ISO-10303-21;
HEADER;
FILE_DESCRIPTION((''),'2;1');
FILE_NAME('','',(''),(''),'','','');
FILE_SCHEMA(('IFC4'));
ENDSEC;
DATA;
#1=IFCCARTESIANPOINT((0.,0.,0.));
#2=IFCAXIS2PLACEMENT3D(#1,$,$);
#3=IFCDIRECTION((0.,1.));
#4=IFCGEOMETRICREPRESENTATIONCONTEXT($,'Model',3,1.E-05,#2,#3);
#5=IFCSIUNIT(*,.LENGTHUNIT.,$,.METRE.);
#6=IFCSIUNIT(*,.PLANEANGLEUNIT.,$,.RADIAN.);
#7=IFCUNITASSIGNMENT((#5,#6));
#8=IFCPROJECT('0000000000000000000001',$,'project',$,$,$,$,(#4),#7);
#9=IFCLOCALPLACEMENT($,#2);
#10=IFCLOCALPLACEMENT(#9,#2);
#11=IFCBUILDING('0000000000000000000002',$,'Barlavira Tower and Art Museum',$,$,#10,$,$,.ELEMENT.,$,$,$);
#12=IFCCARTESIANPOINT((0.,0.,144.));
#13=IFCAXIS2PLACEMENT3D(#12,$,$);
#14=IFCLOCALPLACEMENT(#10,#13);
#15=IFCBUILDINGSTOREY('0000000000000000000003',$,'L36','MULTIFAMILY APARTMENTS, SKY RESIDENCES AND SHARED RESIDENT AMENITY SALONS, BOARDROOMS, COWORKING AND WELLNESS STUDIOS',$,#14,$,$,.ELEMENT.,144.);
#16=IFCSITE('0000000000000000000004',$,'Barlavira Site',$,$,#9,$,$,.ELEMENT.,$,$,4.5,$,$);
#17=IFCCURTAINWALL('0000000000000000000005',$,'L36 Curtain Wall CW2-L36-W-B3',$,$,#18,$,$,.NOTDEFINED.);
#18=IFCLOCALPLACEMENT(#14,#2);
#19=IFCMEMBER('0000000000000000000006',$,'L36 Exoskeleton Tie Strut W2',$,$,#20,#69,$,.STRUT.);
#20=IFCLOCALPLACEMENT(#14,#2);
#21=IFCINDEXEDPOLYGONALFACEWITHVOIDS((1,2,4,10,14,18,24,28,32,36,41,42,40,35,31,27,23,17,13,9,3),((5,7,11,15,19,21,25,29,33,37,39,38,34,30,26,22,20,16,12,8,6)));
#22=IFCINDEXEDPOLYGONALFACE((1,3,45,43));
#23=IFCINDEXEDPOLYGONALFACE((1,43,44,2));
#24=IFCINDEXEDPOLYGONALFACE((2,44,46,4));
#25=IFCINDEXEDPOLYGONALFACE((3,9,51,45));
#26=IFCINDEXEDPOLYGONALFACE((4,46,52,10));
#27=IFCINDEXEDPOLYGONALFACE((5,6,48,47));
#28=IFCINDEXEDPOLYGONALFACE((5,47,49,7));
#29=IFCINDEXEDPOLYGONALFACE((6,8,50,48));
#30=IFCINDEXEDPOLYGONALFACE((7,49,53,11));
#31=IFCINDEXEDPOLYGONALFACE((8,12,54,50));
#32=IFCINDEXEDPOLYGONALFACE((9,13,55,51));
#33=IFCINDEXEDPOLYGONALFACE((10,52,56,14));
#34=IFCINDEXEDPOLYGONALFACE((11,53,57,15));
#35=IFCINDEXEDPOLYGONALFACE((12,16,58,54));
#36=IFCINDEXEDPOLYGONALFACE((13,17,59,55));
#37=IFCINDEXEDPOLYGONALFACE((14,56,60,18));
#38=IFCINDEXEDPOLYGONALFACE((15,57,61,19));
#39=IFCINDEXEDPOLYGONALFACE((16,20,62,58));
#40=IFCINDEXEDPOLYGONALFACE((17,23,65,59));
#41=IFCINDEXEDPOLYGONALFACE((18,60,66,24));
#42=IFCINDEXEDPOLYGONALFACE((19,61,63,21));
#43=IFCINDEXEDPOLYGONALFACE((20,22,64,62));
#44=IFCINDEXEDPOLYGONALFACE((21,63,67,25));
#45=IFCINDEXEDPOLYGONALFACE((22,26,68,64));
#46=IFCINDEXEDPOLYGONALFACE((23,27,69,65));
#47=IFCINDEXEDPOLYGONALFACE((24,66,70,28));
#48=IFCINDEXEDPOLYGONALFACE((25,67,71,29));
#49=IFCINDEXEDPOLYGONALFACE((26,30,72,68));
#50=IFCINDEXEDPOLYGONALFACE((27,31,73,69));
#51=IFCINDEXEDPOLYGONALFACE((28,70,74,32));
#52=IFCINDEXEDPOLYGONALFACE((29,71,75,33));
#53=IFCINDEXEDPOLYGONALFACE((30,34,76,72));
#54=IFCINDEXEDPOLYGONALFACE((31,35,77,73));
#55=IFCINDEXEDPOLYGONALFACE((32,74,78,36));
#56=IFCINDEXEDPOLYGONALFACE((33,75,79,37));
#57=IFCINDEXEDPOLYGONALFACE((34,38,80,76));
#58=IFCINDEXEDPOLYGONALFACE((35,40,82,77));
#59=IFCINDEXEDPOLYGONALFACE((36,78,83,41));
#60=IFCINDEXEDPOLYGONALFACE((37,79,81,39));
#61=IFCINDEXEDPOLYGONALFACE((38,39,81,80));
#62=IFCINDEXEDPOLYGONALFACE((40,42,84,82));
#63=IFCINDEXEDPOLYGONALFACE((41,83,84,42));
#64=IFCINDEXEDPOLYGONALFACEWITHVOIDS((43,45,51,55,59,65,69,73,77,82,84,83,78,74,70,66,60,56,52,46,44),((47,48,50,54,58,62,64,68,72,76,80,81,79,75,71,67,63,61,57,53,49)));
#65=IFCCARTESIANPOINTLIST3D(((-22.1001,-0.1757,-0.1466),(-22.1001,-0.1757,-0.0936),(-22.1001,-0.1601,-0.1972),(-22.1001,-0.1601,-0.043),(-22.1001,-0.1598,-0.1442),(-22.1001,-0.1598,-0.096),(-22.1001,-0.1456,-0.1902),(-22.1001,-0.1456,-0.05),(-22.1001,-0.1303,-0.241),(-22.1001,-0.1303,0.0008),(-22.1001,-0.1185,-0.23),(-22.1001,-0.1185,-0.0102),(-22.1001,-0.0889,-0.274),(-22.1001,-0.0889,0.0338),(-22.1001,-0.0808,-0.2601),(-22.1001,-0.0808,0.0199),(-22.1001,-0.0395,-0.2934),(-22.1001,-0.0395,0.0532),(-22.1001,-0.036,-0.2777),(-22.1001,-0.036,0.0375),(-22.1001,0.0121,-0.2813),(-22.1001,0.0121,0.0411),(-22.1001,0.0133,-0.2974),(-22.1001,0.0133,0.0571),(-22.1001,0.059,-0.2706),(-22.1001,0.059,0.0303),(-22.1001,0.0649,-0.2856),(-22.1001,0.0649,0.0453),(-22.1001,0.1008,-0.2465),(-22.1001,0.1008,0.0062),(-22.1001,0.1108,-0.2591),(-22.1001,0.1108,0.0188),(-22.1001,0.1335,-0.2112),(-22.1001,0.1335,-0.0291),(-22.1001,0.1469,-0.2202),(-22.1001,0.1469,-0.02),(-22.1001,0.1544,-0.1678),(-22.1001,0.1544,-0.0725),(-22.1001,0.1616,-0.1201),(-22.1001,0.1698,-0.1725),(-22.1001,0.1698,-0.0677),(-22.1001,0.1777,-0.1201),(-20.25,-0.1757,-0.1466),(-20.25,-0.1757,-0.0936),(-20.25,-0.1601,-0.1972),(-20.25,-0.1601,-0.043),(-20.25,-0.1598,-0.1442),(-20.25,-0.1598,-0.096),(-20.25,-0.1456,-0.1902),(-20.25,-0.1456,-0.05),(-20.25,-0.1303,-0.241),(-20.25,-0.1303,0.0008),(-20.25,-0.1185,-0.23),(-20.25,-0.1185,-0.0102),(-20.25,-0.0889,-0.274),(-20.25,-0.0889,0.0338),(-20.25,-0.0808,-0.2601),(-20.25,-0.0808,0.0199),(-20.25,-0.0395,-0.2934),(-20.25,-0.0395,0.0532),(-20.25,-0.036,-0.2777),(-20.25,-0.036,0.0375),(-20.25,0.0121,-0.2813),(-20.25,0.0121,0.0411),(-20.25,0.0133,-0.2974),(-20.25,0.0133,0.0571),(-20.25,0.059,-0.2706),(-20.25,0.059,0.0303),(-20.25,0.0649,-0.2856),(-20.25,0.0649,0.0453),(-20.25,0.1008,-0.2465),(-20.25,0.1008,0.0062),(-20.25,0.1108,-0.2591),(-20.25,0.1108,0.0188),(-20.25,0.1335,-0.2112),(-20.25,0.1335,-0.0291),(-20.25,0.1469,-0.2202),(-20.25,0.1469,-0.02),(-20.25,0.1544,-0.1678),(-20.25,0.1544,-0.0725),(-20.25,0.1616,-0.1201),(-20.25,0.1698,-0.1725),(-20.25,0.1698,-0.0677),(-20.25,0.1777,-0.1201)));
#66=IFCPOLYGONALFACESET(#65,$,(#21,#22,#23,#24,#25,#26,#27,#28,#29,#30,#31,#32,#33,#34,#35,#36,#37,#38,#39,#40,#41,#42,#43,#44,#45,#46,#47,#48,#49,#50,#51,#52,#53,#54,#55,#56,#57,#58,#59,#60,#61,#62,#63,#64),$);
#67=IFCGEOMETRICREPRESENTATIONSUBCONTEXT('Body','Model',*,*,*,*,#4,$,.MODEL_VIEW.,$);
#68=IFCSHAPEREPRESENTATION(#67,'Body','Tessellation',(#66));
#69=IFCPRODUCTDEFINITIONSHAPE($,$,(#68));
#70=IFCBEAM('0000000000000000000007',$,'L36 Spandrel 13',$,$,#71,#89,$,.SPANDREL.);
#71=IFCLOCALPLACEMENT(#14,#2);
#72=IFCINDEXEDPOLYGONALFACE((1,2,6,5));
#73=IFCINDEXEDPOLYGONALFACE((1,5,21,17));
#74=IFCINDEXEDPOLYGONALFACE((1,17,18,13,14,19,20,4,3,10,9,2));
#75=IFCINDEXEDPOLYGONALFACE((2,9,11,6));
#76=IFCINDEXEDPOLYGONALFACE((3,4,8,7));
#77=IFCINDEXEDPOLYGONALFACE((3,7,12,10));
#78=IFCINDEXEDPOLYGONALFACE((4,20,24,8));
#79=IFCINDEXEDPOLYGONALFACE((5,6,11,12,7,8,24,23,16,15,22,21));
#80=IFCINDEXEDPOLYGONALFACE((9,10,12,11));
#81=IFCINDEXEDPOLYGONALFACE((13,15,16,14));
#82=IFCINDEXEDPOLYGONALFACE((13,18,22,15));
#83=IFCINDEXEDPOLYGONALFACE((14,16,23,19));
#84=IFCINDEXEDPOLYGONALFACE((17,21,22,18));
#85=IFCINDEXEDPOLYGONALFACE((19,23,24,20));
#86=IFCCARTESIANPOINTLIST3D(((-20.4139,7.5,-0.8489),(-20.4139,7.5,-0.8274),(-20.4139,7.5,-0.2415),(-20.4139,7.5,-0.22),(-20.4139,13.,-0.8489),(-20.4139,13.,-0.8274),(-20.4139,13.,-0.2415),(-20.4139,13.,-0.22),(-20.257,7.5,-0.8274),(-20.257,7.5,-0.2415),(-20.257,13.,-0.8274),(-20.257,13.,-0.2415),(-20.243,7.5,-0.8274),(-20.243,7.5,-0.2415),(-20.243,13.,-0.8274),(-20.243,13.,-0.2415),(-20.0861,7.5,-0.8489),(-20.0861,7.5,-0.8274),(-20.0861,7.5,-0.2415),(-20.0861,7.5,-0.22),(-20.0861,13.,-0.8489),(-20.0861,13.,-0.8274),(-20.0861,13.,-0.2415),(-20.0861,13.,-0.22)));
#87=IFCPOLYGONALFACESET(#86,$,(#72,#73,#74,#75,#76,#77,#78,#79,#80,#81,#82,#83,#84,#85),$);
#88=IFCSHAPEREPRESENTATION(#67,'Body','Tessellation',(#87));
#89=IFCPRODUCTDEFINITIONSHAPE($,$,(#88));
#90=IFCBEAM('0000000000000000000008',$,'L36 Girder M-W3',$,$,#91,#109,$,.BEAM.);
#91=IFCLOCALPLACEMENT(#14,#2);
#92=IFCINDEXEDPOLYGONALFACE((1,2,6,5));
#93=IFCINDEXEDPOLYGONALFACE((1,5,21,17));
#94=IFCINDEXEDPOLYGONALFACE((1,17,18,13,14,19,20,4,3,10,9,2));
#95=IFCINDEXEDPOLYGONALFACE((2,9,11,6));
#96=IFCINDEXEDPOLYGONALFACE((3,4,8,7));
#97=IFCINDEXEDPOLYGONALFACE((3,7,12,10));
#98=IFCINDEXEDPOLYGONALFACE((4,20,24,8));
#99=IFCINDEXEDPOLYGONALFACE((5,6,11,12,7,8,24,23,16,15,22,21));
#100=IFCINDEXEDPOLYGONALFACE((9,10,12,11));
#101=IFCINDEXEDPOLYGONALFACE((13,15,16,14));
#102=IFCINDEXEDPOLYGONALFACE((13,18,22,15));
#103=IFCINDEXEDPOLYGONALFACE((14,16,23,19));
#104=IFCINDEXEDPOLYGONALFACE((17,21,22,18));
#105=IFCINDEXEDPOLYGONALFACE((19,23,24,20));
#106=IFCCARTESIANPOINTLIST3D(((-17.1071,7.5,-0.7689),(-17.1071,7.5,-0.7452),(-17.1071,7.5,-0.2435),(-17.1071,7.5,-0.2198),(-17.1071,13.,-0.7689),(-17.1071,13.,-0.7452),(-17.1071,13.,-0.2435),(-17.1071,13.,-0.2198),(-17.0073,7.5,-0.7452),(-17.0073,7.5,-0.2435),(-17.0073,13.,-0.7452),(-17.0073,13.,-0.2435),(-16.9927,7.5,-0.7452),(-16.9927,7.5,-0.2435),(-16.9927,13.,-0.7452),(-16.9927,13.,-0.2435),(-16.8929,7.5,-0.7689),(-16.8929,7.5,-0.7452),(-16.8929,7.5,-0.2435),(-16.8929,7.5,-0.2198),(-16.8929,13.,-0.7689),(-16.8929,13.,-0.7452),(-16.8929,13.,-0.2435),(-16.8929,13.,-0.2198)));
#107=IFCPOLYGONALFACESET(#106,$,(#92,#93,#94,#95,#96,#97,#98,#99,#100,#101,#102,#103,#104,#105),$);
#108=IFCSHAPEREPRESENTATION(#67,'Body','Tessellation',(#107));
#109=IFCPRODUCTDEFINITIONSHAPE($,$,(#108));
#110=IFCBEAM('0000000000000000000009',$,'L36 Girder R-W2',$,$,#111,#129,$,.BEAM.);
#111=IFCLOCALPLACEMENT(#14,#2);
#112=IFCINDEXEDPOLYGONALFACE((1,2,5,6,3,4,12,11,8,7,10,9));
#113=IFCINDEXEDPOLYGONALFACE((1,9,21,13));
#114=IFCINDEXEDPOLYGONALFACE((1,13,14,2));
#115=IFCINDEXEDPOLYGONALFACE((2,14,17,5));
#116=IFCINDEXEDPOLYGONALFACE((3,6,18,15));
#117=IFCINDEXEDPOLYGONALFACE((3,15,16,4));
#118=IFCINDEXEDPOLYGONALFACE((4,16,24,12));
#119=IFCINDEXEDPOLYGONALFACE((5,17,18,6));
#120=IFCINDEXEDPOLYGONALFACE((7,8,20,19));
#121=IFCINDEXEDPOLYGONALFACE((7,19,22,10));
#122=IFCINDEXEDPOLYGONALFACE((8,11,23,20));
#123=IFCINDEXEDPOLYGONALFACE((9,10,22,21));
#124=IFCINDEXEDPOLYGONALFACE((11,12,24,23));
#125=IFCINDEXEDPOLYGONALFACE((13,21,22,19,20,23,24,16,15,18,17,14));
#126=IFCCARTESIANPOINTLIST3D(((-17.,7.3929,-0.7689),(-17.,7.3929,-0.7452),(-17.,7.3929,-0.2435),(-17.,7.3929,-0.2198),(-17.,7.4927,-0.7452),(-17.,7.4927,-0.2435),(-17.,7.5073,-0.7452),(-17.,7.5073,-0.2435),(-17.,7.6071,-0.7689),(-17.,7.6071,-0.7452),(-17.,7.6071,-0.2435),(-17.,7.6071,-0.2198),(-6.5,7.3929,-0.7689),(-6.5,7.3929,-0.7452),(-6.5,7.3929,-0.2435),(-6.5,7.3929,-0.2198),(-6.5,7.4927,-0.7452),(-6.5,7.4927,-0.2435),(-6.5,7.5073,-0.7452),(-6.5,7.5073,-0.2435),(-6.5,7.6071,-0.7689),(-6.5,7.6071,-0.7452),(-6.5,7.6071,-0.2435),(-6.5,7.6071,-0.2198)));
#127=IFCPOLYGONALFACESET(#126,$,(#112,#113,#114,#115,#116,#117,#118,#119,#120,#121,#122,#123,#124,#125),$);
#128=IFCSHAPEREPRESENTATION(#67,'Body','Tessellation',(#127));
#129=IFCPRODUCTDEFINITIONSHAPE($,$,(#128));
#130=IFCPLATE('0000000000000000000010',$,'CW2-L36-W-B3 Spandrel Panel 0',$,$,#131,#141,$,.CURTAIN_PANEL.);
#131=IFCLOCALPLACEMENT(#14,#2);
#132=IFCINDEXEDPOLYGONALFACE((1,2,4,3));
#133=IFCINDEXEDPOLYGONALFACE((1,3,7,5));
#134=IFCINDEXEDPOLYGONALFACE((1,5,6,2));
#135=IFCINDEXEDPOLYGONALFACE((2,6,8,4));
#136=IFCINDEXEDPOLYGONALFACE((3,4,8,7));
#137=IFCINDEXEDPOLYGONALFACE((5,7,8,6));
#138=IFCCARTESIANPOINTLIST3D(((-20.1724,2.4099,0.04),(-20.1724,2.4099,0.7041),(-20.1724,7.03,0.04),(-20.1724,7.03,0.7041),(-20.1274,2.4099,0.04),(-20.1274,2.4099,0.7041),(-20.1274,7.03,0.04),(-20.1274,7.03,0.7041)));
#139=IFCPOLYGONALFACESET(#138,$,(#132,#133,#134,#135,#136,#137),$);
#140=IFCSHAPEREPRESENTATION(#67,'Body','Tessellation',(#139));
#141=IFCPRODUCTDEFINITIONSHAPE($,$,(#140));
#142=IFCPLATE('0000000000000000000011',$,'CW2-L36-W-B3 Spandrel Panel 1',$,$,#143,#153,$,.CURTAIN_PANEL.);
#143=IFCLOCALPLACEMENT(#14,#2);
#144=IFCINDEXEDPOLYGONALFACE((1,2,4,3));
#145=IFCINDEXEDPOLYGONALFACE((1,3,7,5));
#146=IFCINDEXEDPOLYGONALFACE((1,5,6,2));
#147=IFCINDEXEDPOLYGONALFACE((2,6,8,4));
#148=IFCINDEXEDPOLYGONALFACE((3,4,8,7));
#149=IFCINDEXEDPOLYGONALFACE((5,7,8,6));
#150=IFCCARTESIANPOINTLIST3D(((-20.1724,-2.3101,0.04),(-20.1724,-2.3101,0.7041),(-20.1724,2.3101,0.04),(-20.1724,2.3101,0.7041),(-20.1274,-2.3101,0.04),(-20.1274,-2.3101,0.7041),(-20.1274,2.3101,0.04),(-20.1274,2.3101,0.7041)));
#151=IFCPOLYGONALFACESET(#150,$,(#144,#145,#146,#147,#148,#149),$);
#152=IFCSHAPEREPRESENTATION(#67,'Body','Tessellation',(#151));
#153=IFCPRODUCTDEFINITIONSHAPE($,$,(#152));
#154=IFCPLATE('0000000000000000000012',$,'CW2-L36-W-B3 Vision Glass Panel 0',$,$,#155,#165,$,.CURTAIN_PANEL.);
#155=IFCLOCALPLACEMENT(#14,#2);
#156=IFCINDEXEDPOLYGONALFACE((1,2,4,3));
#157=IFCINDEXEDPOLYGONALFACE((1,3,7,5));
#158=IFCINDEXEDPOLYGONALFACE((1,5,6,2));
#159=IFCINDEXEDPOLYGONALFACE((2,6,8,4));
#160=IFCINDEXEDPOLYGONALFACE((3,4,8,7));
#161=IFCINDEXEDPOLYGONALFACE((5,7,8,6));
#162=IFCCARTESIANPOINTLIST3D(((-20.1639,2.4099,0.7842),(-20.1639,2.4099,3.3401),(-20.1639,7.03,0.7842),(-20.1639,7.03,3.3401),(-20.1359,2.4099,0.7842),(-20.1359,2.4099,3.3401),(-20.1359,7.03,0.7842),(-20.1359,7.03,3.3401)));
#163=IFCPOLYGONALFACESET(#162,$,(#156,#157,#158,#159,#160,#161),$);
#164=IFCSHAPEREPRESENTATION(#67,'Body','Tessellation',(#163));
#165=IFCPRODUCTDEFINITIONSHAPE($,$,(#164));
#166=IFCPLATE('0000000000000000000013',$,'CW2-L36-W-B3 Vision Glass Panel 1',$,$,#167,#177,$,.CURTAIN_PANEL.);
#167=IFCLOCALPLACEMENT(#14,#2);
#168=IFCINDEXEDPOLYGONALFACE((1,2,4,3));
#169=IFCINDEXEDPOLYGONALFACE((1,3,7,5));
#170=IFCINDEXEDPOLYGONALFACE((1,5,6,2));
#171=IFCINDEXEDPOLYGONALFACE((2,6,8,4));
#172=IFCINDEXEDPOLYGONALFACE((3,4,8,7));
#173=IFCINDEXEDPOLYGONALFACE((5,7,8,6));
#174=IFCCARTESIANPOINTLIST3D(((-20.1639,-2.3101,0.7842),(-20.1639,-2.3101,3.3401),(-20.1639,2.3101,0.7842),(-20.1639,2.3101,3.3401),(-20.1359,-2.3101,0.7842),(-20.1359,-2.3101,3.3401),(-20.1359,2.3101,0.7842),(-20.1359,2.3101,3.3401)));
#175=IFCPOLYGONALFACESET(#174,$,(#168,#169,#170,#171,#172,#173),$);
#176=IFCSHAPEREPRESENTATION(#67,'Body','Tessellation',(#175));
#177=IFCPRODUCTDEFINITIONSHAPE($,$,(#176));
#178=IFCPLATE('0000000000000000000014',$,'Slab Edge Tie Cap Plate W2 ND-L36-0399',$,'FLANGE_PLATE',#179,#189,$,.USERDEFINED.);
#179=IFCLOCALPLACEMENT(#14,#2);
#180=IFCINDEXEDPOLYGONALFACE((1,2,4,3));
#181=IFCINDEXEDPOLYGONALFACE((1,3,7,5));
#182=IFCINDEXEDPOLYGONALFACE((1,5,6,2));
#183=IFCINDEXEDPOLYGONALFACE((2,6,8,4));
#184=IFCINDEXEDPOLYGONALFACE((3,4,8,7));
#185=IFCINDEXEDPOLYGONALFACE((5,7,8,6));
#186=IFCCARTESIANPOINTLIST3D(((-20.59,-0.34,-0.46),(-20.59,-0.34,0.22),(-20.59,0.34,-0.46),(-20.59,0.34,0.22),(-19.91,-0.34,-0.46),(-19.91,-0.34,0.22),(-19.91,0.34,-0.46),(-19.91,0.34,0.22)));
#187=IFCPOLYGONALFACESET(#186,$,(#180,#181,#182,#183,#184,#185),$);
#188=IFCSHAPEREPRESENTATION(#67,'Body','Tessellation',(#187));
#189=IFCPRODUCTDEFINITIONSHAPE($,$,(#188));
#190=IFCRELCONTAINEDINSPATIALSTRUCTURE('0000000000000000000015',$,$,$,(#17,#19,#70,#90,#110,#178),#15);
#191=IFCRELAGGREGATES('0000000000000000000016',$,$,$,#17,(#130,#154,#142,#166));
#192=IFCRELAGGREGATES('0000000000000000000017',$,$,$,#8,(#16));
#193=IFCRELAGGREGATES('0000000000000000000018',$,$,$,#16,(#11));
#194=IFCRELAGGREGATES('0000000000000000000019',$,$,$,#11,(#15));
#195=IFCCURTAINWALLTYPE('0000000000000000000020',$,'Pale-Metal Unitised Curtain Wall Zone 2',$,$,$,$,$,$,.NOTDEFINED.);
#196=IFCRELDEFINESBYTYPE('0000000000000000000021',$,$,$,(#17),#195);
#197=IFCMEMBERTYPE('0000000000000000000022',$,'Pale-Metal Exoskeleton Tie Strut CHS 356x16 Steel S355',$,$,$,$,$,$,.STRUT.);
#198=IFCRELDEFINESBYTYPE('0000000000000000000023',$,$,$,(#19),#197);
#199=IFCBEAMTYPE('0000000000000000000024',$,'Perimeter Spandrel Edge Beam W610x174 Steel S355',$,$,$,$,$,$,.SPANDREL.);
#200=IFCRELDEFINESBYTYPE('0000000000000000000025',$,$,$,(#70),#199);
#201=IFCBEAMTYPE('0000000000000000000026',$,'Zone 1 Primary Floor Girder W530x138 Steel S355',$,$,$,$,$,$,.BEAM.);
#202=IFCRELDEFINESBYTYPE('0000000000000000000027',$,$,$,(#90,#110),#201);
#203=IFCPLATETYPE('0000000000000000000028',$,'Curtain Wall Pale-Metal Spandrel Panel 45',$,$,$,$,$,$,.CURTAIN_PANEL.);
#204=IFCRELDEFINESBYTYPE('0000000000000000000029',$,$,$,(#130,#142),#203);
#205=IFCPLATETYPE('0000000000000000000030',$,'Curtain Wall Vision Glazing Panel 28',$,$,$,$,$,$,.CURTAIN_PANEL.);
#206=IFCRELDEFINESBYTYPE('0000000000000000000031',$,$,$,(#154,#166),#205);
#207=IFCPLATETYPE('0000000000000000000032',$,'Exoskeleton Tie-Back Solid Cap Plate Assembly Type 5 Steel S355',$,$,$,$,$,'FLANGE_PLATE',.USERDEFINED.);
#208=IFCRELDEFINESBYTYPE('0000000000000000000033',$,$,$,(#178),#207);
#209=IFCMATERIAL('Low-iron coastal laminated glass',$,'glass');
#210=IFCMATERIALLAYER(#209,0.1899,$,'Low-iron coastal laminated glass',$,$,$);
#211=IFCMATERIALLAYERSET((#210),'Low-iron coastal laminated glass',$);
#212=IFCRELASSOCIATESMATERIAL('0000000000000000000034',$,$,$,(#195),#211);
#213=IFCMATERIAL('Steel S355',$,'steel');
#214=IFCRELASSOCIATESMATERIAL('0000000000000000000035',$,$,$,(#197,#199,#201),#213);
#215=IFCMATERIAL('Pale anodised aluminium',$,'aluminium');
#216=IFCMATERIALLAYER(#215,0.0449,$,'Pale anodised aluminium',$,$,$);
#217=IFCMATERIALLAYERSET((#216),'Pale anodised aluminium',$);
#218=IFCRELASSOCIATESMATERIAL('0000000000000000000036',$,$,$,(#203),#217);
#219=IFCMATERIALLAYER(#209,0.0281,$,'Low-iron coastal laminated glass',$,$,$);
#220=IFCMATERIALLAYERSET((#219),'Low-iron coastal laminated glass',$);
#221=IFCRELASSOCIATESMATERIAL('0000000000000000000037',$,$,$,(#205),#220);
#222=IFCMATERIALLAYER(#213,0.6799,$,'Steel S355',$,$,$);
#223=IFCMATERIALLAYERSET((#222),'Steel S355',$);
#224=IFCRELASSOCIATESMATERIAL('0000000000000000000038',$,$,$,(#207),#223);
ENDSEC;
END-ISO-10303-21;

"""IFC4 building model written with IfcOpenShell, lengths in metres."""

from ifc_helpers import new_model, si_unit, direction, frame, origin, origin_2d, place, context, subcontext, project, spatial, rectangle, hollow_circle, i_section, extrude, material, layer, layer_set, material_profile, profile_set, type_object, element, aggregate, save


model = new_model("IFC4")

# Units and contexts
model_context = context("Model", 3, precision=1e-05, world=origin(), true_north=direction((0.0, 1.0)))
body_context = subcontext(model_context, "Body", "Model", "MODEL_VIEW")
ifc_project = project(units=[si_unit("LENGTHUNIT", "METRE"), si_unit("PLANEANGLEUNIT", "RADIAN")], contexts=[model_context])

# Site, building, storey
site_placement = place(None, origin())
site = spatial("IfcSite", under=ifc_project, at=site_placement, Name="Barlavira Site", CompositionType="ELEMENT", RefElevation=4.5)
building_placement = place(site_placement, origin())
building = spatial("IfcBuilding", under=site, at=building_placement, Name="Barlavira Tower and Art Museum", CompositionType="ELEMENT")
storey_placement = place(building_placement, frame((0.0, 0.0, 144.0)))
storey = spatial("IfcBuildingStorey", under=building, at=storey_placement, Name="L36", Description="MULTIFAMILY APARTMENTS, SKY RESIDENCES AND SHARED RESIDENT AMENITY SALONS, BOARDROOMS, COWORKING AND WELLNESS STUDIOS", CompositionType="ELEMENT", Elevation=144.0)

# Curtain wall
ifc_material_1 = material(Name="Low-iron coastal laminated glass", Category="glass")
ifc_layer_1 = layer(ifc_material_1, 0.1899, Name="Low-iron coastal laminated glass")
ifc_layer_set_1 = layer_set([ifc_layer_1], Name="Low-iron coastal laminated glass")
curtain_wall_type = type_object("IfcCurtainWallType", Name="Pale-Metal Unitised Curtain Wall Zone 2", PredefinedType="NOTDEFINED", material=ifc_layer_set_1)
curtain_wall_placement = place(storey_placement, origin())
curtain_wall = element("IfcCurtainWall", 1, at=curtain_wall_placement, inside=storey, type_object=curtain_wall_type, Name="L36 Curtain Wall CW2-L36-W-B3", PredefinedType="NOTDEFINED")
ifc_material_2 = material(Name="Pale anodised aluminium", Category="aluminium")

# Member
ifc_material_3 = material(Name="Steel S355", Category="steel")
ifc_material_profile_1 = material_profile(ifc_material_3, hollow_circle(Radius=0.1777, WallThickness=0.0161, at=origin_2d()), Name="CHS 355.6x16.0")
ifc_profile_set_1 = profile_set([ifc_material_profile_1], Name="Steel S355")
member_type_1 = type_object("IfcMemberType", Name="Pale-Metal Exoskeleton Tie Strut CHS 356x16 Steel S355", PredefinedType="STRUT", material=ifc_profile_set_1)
member_1_placement = place(storey_placement, frame((-22.1001, 0.0, -0.1201), z_axis=(1.0, 0.0, 0.0), x_axis=(0.0, 1.0, 0.0)))
element("IfcMember", 2, at=member_1_placement, inside=storey, type_object=member_type_1, Name="L36 Exoskeleton Tie Strut W2", PredefinedType="STRUT", context=body_context, shape_type="SweptSolid", body=[
    extrude(hollow_circle(Radius=0.1777, WallThickness=0.0161, at=origin_2d()), origin(), (0.0, 0.0, 1.0), 1.8501),
])

# Beams
ifc_material_profile_2 = material_profile(ifc_material_3, i_section(OverallWidth=0.3279, OverallDepth=0.6289, WebThickness=0.0139, FlangeThickness=0.0215, at=origin_2d()), Name="W610x174.0")
ifc_profile_set_2 = profile_set([ifc_material_profile_2], Name="Steel S355")
beam_type_1 = type_object("IfcBeamType", Name="Perimeter Spandrel Edge Beam W610x174 Steel S355", PredefinedType="SPANDREL", material=ifc_profile_set_2)
beam_1_placement = place(storey_placement, frame((-20.25, 7.5, -0.5344), z_axis=(0.0, 1.0, 0.0), x_axis=(-1.0, 0.0, 0.0)))
element("IfcBeam", 3, at=beam_1_placement, inside=storey, type_object=beam_type_1, Name="L36 Spandrel 13", PredefinedType="SPANDREL", context=body_context, shape_type="SweptSolid", body=[
    extrude(i_section(OverallWidth=0.3279, OverallDepth=0.6289, WebThickness=0.0139, FlangeThickness=0.0215, at=origin_2d()), origin(), (0.0, 0.0, 1.0), 5.5),
])
ifc_material_profile_3 = material_profile(ifc_material_3, i_section(OverallWidth=0.2141, OverallDepth=0.5491, WebThickness=0.0146, FlangeThickness=0.0237, at=origin_2d()), Name="W530x138.0")
ifc_profile_set_3 = profile_set([ifc_material_profile_3], Name="Steel S355")
beam_type_2 = type_object("IfcBeamType", Name="Zone 1 Primary Floor Girder W530x138 Steel S355", PredefinedType="BEAM", material=ifc_profile_set_3)
beam_2_placement = place(storey_placement, frame((-17.0, 7.5, -0.4944), z_axis=(0.0, 1.0, 0.0), x_axis=(-1.0, 0.0, 0.0)))
element("IfcBeam", 4, at=beam_2_placement, inside=storey, type_object=beam_type_2, Name="L36 Girder M-W3", PredefinedType="BEAM", context=body_context, shape_type="SweptSolid", body=[
    extrude(i_section(OverallWidth=0.2141, OverallDepth=0.5491, WebThickness=0.0146, FlangeThickness=0.0237, at=origin_2d()), origin(), (0.0, 0.0, 1.0), 5.5),
])
beam_3_placement = place(storey_placement, frame((-17.0, 7.5, -0.4944), z_axis=(1.0, 0.0, 0.0), x_axis=(0.0, 1.0, 0.0)))
element("IfcBeam", 5, at=beam_3_placement, inside=storey, type_object=beam_type_2, Name="L36 Girder R-W2", PredefinedType="BEAM", context=body_context, shape_type="SweptSolid", body=[
    extrude(i_section(OverallWidth=0.2141, OverallDepth=0.5491, WebThickness=0.0146, FlangeThickness=0.0237, at=origin_2d()), origin(), (0.0, 0.0, 1.0), 10.5),
])

# Plates
ifc_layer_2 = layer(ifc_material_2, 0.0449, Name="Pale anodised aluminium")
ifc_layer_set_2 = layer_set([ifc_layer_2], Name="Pale anodised aluminium")
plate_type_1 = type_object("IfcPlateType", Name="Curtain Wall Pale-Metal Spandrel Panel 45", PredefinedType="CURTAIN_PANEL", material=ifc_layer_set_2)
plate_1_placement = place(storey_placement, frame((-20.1499, 4.72, 0.04), z_axis=(0.0, 0.0, 1.0), x_axis=(0.0, -1.0, 0.0)))
plate_1 = element("IfcPlate", 6, at=plate_1_placement, type_object=plate_type_1, Name="CW2-L36-W-B3 Spandrel Panel 0", PredefinedType="CURTAIN_PANEL", context=body_context, shape_type="SweptSolid", body=[
    extrude(rectangle(XDim=4.6201, YDim=0.0449, at=origin_2d()), origin(), (0.0, 0.0, 1.0), 0.6641),
])
plate_2_placement = place(storey_placement, frame((-20.1499, 0.0, 0.04), z_axis=(0.0, 0.0, 1.0), x_axis=(0.0, -1.0, 0.0)))
plate_2 = element("IfcPlate", 7, at=plate_2_placement, type_object=plate_type_1, Name="CW2-L36-W-B3 Spandrel Panel 1", PredefinedType="CURTAIN_PANEL", context=body_context, shape_type="SweptSolid", body=[
    extrude(rectangle(XDim=4.6201, YDim=0.0449, at=origin_2d()), origin(), (0.0, 0.0, 1.0), 0.6641),
])
ifc_layer_3 = layer(ifc_material_1, 0.0281, Name="Low-iron coastal laminated glass")
ifc_layer_set_3 = layer_set([ifc_layer_3], Name="Low-iron coastal laminated glass")
plate_type_2 = type_object("IfcPlateType", Name="Curtain Wall Vision Glazing Panel 28", PredefinedType="CURTAIN_PANEL", material=ifc_layer_set_3)
plate_3_placement = place(storey_placement, frame((-20.1499, 4.72, 0.7842), z_axis=(0.0, 0.0, 1.0), x_axis=(0.0, -1.0, 0.0)))
plate_3 = element("IfcPlate", 8, at=plate_3_placement, type_object=plate_type_2, Name="CW2-L36-W-B3 Vision Glass Panel 0", PredefinedType="CURTAIN_PANEL", context=body_context, shape_type="SweptSolid", body=[
    extrude(rectangle(XDim=4.6201, YDim=0.0281, at=origin_2d()), origin(), (0.0, 0.0, 1.0), 2.5559),
])
plate_4_placement = place(storey_placement, frame((-20.1499, 0.0, 0.7842), z_axis=(0.0, 0.0, 1.0), x_axis=(0.0, -1.0, 0.0)))
plate_4 = element("IfcPlate", 9, at=plate_4_placement, type_object=plate_type_2, Name="CW2-L36-W-B3 Vision Glass Panel 1", PredefinedType="CURTAIN_PANEL", context=body_context, shape_type="SweptSolid", body=[
    extrude(rectangle(XDim=4.6201, YDim=0.0281, at=origin_2d()), origin(), (0.0, 0.0, 1.0), 2.5559),
])
aggregate(curtain_wall, [plate_1, plate_3, plate_2, plate_4])
ifc_layer_4 = layer(ifc_material_3, 0.6799, Name="Steel S355")
ifc_layer_set_4 = layer_set([ifc_layer_4], Name="Steel S355")
plate_type_3 = type_object("IfcPlateType", Name="Exoskeleton Tie-Back Solid Cap Plate Assembly Type 5 Steel S355", ElementType="FLANGE_PLATE", PredefinedType="USERDEFINED", material=ifc_layer_set_4)
plate_5_placement = place(storey_placement, frame((-20.25, 0.0, -0.46), z_axis=(0.0, 0.0, 1.0), x_axis=(1.0, 0.0, 0.0)))
element("IfcPlate", 10, at=plate_5_placement, inside=storey, type_object=plate_type_3, Name="Slab Edge Tie Cap Plate W2 ND-L36-0399", ObjectType="FLANGE_PLATE", PredefinedType="USERDEFINED", context=body_context, shape_type="SweptSolid", body=[
    extrude(rectangle(XDim=0.6799, YDim=0.6799, at=origin_2d()), origin(), (0.0, 0.0, 1.0), 0.6799),
])

save(model, "model.ifc")
